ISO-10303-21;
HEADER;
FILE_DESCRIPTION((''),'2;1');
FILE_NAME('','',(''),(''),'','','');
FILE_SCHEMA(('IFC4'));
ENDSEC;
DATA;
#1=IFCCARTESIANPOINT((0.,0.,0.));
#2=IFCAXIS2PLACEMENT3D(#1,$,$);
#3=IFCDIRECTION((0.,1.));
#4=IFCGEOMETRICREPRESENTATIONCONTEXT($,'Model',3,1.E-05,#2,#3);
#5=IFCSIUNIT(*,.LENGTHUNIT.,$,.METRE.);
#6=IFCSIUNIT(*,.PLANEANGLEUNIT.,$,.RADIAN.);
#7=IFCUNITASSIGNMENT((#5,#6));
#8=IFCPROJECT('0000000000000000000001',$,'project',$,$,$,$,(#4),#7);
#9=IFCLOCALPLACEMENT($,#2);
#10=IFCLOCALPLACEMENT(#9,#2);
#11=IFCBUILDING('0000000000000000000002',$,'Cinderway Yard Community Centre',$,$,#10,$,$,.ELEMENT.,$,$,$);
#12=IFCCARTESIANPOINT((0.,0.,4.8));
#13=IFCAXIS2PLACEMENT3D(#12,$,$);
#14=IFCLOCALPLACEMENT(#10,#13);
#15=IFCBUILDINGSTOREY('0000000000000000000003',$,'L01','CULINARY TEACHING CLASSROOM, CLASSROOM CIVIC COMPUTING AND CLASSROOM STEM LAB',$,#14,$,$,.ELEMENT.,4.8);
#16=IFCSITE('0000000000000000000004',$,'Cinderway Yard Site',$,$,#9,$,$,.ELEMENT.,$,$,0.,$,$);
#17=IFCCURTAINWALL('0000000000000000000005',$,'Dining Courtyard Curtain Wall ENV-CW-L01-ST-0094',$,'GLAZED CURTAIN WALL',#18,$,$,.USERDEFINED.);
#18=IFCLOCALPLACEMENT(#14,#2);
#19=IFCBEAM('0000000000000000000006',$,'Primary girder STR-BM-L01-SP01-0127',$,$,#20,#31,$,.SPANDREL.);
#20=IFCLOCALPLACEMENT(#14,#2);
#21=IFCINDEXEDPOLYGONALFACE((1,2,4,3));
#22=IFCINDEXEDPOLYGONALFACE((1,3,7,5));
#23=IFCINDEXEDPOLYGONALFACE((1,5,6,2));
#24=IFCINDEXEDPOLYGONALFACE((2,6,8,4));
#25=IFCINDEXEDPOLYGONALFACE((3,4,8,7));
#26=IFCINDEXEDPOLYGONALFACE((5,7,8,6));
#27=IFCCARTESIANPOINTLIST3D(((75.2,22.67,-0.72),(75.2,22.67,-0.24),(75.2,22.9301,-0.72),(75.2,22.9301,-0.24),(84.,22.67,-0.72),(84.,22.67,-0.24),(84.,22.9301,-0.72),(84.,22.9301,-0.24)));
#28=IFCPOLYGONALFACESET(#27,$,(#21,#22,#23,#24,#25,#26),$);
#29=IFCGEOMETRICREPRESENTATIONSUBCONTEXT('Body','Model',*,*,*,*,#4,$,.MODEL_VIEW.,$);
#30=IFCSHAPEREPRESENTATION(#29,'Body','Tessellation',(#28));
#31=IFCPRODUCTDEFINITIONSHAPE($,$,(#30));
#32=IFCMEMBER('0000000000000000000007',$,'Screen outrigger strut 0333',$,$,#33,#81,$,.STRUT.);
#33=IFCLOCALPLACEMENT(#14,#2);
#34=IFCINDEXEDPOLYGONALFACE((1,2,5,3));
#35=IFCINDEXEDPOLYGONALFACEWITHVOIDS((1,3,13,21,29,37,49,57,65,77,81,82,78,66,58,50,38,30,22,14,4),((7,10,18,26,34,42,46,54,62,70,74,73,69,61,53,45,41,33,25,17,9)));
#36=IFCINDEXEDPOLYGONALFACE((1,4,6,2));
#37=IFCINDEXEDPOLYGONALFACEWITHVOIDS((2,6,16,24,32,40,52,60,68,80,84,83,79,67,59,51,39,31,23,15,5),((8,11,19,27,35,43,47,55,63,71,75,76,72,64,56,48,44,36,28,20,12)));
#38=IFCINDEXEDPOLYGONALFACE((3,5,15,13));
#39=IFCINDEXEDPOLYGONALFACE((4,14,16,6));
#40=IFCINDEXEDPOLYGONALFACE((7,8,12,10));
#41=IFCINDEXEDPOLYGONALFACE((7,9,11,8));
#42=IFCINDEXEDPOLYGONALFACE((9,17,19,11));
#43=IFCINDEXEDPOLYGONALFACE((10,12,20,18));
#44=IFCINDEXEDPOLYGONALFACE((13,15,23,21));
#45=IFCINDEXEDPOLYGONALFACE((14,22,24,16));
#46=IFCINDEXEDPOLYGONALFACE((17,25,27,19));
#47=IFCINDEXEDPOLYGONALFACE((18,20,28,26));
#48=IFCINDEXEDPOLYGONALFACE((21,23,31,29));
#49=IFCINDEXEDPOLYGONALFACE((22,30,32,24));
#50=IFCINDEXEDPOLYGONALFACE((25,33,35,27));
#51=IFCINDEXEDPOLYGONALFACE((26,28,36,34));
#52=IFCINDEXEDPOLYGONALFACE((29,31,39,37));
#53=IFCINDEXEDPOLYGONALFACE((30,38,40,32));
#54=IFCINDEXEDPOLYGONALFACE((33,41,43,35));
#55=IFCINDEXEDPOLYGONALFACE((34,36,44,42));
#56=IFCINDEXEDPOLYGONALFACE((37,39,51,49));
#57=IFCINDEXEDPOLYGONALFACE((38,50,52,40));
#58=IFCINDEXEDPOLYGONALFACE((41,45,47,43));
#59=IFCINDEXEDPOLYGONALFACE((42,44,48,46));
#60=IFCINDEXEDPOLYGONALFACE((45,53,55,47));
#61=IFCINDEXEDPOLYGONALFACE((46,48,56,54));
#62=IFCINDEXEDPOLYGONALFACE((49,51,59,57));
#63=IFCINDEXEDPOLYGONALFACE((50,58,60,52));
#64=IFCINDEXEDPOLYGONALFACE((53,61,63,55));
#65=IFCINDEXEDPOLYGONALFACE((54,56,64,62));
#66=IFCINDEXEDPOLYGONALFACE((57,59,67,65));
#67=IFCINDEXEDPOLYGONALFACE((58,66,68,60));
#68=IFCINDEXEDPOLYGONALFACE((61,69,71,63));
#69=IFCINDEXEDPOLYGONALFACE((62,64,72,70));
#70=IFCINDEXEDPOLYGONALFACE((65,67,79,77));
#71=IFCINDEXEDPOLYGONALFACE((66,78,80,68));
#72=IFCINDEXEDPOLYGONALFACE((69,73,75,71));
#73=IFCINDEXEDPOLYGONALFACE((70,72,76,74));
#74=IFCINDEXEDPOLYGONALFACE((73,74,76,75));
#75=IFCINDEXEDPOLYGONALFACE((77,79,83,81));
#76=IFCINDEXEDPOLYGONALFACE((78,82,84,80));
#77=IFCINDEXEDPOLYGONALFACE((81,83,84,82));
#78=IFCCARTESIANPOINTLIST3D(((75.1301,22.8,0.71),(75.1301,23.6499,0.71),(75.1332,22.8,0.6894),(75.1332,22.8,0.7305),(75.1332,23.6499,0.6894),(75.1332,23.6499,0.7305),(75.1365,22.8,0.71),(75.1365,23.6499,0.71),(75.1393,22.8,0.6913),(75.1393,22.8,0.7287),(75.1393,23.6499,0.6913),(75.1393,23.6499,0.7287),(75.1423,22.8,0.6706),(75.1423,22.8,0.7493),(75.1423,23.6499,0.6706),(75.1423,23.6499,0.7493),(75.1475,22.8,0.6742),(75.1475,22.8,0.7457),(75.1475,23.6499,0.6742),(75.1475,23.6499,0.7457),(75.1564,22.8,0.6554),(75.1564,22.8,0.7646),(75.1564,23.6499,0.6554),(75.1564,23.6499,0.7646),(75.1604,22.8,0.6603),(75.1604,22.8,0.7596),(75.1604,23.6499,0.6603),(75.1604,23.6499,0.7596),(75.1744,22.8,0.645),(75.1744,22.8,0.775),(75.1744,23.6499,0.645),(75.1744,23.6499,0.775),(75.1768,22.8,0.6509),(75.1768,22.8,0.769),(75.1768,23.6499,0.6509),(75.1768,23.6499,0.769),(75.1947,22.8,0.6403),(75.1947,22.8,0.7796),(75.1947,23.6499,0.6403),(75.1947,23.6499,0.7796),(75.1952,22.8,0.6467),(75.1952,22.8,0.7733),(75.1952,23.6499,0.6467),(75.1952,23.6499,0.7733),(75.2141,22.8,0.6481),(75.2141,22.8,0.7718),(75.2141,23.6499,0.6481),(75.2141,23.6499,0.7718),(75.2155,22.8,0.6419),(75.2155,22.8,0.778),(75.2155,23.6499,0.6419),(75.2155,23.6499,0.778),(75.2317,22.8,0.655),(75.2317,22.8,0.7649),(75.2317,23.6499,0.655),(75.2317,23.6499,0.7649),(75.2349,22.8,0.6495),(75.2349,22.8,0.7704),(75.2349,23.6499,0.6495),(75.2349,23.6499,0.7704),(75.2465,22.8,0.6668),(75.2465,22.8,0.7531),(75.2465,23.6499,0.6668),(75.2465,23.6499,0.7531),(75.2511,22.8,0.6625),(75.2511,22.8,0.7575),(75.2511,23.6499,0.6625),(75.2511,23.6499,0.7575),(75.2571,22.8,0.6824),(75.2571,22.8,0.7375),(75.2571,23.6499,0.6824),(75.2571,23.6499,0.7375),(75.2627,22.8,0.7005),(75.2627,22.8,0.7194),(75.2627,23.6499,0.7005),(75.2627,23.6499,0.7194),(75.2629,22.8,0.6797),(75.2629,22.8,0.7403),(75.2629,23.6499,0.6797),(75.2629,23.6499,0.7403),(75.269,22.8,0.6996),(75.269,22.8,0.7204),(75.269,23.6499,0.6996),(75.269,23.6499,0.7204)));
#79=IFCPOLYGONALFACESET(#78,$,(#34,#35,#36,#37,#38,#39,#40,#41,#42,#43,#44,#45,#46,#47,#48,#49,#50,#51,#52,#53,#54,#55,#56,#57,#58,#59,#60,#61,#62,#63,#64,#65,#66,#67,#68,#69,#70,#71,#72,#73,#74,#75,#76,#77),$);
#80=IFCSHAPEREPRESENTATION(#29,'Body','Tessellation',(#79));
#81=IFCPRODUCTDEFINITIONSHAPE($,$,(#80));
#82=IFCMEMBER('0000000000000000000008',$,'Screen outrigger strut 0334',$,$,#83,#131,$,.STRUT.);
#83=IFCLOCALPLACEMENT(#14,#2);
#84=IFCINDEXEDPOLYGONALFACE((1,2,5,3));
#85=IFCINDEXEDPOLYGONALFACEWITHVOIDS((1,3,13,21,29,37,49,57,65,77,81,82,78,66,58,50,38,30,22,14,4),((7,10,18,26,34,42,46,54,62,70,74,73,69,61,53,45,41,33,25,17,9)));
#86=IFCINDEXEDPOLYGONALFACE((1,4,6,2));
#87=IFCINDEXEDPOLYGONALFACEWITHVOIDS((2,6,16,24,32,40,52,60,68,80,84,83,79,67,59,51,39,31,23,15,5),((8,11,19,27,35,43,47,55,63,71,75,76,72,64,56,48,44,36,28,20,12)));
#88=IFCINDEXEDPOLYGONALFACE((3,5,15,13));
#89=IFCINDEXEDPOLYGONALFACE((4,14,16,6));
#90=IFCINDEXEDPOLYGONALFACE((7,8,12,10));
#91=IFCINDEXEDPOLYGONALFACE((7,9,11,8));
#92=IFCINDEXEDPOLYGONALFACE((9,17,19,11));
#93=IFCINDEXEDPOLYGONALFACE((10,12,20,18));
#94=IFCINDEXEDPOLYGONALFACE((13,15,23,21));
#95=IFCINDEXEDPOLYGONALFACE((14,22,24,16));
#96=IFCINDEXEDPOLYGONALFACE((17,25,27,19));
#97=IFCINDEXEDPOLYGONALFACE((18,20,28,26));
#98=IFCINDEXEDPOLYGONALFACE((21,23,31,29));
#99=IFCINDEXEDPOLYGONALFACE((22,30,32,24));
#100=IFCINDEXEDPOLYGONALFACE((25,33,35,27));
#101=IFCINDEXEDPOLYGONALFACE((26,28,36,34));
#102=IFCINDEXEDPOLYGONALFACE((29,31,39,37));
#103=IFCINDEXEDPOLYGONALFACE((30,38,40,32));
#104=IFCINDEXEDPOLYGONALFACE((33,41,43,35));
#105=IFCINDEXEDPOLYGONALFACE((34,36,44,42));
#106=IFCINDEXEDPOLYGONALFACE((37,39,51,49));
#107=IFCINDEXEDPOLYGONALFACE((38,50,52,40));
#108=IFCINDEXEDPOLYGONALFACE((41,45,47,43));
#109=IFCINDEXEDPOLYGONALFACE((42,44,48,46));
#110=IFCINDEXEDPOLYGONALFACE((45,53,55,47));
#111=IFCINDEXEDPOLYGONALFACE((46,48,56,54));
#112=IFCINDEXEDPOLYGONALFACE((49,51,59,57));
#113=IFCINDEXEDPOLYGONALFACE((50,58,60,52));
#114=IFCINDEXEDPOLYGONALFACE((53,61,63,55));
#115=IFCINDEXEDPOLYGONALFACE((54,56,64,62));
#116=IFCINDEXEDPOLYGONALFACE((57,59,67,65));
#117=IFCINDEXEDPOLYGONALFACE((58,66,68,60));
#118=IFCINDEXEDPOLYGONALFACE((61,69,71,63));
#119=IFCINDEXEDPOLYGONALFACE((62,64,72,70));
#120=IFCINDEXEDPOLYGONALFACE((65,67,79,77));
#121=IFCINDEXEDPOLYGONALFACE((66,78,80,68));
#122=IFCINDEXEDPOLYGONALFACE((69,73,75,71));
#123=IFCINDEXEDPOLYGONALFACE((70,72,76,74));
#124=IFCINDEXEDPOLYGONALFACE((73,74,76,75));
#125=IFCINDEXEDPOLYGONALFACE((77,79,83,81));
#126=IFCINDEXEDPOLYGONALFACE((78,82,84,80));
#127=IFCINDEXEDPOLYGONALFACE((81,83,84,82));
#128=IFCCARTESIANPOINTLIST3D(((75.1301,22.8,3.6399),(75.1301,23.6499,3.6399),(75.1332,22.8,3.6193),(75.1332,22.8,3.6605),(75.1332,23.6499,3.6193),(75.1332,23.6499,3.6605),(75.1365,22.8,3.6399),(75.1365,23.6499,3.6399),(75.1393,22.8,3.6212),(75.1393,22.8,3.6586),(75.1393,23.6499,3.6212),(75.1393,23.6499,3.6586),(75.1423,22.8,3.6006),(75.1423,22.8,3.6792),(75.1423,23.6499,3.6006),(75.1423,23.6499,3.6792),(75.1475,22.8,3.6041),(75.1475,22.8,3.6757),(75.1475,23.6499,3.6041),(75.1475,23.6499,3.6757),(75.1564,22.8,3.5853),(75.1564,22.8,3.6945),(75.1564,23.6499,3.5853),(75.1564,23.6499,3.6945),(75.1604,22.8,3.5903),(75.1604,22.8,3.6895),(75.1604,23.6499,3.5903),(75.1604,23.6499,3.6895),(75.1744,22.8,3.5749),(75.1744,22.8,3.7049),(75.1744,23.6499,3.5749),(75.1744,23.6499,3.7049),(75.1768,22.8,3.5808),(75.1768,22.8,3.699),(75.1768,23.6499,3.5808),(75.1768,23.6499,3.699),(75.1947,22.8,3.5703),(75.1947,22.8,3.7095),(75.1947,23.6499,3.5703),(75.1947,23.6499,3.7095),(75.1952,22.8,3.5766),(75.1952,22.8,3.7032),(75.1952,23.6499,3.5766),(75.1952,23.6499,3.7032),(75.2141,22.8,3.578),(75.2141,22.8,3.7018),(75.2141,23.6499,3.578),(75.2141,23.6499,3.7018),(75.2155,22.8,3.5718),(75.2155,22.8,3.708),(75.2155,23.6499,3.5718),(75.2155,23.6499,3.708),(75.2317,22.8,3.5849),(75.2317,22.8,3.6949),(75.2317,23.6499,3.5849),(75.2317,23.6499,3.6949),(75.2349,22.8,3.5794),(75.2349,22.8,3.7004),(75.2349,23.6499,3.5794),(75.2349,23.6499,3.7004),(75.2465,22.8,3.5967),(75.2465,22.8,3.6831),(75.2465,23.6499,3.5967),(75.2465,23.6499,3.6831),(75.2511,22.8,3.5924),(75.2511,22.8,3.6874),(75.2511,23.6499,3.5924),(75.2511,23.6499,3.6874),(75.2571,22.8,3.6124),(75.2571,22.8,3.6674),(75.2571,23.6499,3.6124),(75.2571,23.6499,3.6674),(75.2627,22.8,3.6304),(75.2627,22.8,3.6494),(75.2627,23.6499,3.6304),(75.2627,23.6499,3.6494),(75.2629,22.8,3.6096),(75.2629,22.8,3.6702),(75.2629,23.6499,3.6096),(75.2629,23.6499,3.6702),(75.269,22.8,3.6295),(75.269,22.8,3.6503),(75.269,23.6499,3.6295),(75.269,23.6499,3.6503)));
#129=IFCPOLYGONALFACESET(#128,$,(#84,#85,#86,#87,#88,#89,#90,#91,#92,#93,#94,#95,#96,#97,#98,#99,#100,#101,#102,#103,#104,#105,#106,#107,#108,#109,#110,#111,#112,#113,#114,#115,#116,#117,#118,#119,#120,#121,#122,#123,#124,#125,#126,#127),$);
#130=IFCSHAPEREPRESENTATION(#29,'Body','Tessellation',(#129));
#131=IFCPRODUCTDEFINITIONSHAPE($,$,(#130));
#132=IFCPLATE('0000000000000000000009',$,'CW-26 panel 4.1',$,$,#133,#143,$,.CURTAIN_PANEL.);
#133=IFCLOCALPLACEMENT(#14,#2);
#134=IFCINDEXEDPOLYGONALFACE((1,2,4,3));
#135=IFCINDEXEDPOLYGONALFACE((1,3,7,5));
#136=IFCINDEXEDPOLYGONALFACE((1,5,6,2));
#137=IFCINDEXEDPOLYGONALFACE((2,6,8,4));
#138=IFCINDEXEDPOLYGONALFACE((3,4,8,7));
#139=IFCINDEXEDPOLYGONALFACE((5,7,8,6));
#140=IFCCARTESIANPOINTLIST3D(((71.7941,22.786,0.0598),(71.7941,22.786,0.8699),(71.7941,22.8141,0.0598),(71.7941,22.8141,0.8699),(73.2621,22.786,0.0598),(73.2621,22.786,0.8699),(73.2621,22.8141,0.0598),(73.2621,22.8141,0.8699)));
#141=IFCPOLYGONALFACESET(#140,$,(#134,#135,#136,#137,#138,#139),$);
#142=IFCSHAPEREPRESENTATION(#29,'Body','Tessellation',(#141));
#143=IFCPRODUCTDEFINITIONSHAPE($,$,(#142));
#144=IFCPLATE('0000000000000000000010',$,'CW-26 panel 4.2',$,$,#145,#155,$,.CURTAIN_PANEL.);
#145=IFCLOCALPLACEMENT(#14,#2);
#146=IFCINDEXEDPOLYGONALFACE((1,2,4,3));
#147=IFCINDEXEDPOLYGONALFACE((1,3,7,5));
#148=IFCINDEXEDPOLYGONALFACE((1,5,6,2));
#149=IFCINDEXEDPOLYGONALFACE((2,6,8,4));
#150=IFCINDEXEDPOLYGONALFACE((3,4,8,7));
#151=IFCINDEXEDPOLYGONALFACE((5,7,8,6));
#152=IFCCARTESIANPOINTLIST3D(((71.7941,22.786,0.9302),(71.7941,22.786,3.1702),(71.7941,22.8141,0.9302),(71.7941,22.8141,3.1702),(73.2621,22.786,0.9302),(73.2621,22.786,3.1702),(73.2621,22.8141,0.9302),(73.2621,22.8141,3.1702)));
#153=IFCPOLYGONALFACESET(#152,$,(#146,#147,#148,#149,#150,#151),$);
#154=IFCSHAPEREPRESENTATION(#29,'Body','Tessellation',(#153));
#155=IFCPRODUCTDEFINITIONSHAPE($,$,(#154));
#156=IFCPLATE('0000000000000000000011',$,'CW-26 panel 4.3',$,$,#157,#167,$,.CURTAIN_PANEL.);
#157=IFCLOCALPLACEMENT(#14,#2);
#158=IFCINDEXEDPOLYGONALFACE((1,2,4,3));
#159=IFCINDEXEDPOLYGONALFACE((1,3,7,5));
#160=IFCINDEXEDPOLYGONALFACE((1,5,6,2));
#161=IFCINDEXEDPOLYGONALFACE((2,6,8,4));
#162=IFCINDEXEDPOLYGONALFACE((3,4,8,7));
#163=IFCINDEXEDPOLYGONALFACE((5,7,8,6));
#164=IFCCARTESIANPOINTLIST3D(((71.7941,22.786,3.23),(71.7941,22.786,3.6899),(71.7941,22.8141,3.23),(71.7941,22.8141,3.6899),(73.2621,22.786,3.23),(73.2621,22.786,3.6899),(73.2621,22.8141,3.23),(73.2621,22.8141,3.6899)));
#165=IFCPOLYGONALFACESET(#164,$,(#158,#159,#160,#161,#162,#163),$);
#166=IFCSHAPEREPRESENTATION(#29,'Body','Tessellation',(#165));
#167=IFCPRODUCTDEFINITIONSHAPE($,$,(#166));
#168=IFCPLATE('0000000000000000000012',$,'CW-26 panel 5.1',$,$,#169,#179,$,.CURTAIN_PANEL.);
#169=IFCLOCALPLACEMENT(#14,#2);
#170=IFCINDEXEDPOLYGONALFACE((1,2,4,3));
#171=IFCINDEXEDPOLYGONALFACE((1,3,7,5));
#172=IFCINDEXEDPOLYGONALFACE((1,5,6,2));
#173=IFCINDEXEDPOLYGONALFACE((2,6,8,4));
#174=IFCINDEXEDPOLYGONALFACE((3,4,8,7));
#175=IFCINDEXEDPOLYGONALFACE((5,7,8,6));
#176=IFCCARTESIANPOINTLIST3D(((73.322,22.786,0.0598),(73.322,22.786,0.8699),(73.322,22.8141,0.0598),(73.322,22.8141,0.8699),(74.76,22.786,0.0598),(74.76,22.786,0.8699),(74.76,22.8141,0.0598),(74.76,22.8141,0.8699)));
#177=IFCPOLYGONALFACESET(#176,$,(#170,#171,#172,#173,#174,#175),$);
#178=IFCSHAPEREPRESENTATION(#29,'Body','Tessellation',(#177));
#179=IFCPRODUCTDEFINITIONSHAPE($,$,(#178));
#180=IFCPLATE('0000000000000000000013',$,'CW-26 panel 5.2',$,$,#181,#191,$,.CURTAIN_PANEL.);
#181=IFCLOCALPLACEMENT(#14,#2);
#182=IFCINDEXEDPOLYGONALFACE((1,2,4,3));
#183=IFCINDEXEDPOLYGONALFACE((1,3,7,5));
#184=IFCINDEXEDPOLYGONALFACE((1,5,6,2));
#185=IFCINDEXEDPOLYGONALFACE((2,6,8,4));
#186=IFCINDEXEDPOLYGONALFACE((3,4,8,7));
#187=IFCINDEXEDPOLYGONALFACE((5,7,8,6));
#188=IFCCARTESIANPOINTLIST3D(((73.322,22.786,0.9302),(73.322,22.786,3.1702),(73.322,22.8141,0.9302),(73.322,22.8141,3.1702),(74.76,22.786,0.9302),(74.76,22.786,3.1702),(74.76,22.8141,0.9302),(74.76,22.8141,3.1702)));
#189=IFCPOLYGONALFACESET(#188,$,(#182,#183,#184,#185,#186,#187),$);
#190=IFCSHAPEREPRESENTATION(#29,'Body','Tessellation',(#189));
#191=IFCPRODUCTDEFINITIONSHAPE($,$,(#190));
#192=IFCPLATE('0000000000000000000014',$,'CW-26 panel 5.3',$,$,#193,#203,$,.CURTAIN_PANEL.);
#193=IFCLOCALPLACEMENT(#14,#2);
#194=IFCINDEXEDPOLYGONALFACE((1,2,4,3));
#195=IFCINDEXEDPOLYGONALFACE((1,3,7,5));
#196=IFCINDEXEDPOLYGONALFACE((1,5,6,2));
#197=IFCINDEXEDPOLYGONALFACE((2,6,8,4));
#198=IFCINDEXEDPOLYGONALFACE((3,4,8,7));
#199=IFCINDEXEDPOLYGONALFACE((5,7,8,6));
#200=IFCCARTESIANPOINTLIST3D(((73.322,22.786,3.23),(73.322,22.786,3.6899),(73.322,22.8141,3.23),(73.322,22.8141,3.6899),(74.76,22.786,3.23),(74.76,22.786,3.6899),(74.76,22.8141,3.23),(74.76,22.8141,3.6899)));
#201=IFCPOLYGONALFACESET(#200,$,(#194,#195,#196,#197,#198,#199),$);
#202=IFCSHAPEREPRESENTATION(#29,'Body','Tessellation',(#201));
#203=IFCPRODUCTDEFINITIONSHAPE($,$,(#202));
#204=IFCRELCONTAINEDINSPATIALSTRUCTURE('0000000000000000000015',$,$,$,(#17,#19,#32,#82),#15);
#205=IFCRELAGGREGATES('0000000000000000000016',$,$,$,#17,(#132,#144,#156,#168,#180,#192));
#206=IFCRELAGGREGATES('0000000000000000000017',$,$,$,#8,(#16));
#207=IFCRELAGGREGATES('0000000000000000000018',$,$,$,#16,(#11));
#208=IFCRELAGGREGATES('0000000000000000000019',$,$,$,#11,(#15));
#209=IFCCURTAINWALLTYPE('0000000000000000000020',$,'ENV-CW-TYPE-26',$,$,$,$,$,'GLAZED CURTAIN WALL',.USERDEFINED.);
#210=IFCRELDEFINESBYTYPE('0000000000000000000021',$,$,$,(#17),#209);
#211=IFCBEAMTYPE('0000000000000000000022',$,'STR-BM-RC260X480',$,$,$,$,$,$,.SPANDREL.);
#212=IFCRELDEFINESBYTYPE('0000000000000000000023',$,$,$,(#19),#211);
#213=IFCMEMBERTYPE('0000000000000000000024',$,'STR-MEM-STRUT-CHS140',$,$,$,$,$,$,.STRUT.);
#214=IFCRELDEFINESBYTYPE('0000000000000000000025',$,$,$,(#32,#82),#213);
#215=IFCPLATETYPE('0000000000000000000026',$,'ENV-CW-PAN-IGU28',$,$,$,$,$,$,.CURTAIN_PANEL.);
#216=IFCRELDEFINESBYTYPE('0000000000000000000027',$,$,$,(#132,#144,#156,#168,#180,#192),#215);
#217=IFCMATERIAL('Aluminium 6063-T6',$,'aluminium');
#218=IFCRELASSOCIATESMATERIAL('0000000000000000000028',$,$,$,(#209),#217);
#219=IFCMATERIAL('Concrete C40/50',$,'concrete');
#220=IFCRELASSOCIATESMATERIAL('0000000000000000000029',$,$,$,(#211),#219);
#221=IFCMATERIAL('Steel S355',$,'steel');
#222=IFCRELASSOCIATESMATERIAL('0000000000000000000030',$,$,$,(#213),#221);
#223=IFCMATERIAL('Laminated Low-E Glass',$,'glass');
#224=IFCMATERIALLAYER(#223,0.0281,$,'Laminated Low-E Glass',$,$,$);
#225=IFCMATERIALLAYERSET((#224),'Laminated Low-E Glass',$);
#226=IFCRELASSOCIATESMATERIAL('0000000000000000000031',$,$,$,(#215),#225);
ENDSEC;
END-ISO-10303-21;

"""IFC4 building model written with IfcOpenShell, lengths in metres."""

from ifc_helpers import new_model, si_unit, direction, frame, origin, origin_2d, place, context, subcontext, project, spatial, rectangle, hollow_circle, extrude, material, layer, layer_set, material_profile, profile_set, type_object, element, aggregate, save


model = new_model("IFC4")

# Units and contexts
model_context = context("Model", 3, precision=1e-05, world=origin(), true_north=direction((0.0, 1.0)))
body_context = subcontext(model_context, "Body", "Model", "MODEL_VIEW")
ifc_project = project(units=[si_unit("LENGTHUNIT", "METRE"), si_unit("PLANEANGLEUNIT", "RADIAN")], contexts=[model_context])

# Site, building, storey
site_placement = place(None, origin())
site = spatial("IfcSite", under=ifc_project, at=site_placement, Name="Cinderway Yard Site", CompositionType="ELEMENT", RefElevation=0.0)
building_placement = place(site_placement, origin())
building = spatial("IfcBuilding", under=site, at=building_placement, Name="Cinderway Yard Community Centre", CompositionType="ELEMENT")
storey_placement = place(building_placement, frame((0.0, 0.0, 4.8)))
storey = spatial("IfcBuildingStorey", under=building, at=storey_placement, Name="L01", Description="CULINARY TEACHING CLASSROOM, CLASSROOM CIVIC COMPUTING AND CLASSROOM STEM LAB", CompositionType="ELEMENT", Elevation=4.8)

# Shared definitions
ifc_material_1 = material(Name="Concrete C40/50", Category="concrete")

# Curtain wall
ifc_material_2 = material(Name="Aluminium 6063-T6", Category="aluminium")
curtain_wall_type = type_object("IfcCurtainWallType", Name="ENV-CW-TYPE-26", ElementType="GLAZED CURTAIN WALL", PredefinedType="USERDEFINED", material=ifc_material_2)
curtain_wall_placement = place(storey_placement, origin())
curtain_wall = element("IfcCurtainWall", 1, at=curtain_wall_placement, inside=storey, type_object=curtain_wall_type, Name="Dining Courtyard Curtain Wall ENV-CW-L01-ST-0094", ObjectType="GLAZED CURTAIN WALL", PredefinedType="USERDEFINED")

# Shared definitions
ifc_material_3 = material(Name="Steel S355", Category="steel")

# Beam
ifc_material_profile_1 = material_profile(ifc_material_1, rectangle(XDim=0.26, YDim=0.48, at=origin_2d()), Name="Concrete C40/50")
ifc_profile_set_1 = profile_set([ifc_material_profile_1], Name="Concrete C40/50")
beam_type = type_object("IfcBeamType", Name="STR-BM-RC260X480", PredefinedType="SPANDREL", material=ifc_profile_set_1)
beam_placement = place(storey_placement, frame((75.2, 22.8, -0.48), z_axis=(1.0, 0.0, 0.0), x_axis=(0.0, 1.0, 0.0)))
element("IfcBeam", 2, at=beam_placement, inside=storey, type_object=beam_type, Name="Primary girder STR-BM-L01-SP01-0127", PredefinedType="SPANDREL", context=body_context, shape_type="SweptSolid", body=[
    extrude(rectangle(XDim=0.26, YDim=0.48, at=origin_2d()), origin(), (0.0, 0.0, 1.0), 8.8),
])

# Members
ifc_material_profile_2 = material_profile(ifc_material_3, hollow_circle(Radius=0.0698, WallThickness=0.0063, at=origin_2d()), Name="Steel S355")
ifc_profile_set_2 = profile_set([ifc_material_profile_2], Name="Steel S355")
member_type_1 = type_object("IfcMemberType", Name="STR-MEM-STRUT-CHS140", PredefinedType="STRUT", material=ifc_profile_set_2)
for number, where, z_axis, x_axis, name in (
    (3, (75.2, 22.8, 0.71), (0.0, 1.0, 0.0), (-1.0, 0.0, 0.0), "Screen outrigger strut 0333"),
    (4, (75.2, 22.8, 3.6399), (0.0, 1.0, 0.0), (-1.0, 0.0, 0.0), "Screen outrigger strut 0334"),
):
    element("IfcMember", number, at=place(storey_placement, frame(where, z_axis=z_axis, x_axis=x_axis)), inside=storey, type_object=member_type_1, Name=name, PredefinedType="STRUT", context=body_context, shape_type="SweptSolid", body=[
        extrude(hollow_circle(Radius=0.0698, WallThickness=0.0063, at=origin_2d()), origin(), (0.0, 0.0, 1.0), 0.8499),
    ])

# Plates
ifc_material_4 = material(Name="Laminated Low-E Glass", Category="glass")
ifc_layer_1 = layer(ifc_material_4, 0.0281, Name="Laminated Low-E Glass")
ifc_layer_set_1 = layer_set([ifc_layer_1], Name="Laminated Low-E Glass")
plate_type_1 = type_object("IfcPlateType", Name="ENV-CW-PAN-IGU28", PredefinedType="CURTAIN_PANEL", material=ifc_layer_set_1)
plate_1_placement = place(storey_placement, frame((72.5281, 22.8, 0.0598), z_axis=(0.0, 0.0, 1.0), x_axis=(1.0, 0.0, 0.0)))
plate_1 = element("IfcPlate", 5, at=plate_1_placement, type_object=plate_type_1, Name="CW-26 panel 4.1", PredefinedType="CURTAIN_PANEL", context=body_context, shape_type="SweptSolid", body=[
    extrude(rectangle(XDim=1.468, YDim=0.0281, at=origin_2d()), origin(), (0.0, 0.0, 1.0), 0.8101),
])
plate_2_placement = place(storey_placement, frame((72.5281, 22.8, 0.9302), z_axis=(0.0, 0.0, 1.0), x_axis=(1.0, 0.0, 0.0)))
plate_2 = element("IfcPlate", 6, at=plate_2_placement, type_object=plate_type_1, Name="CW-26 panel 4.2", PredefinedType="CURTAIN_PANEL", context=body_context, shape_type="SweptSolid", body=[
    extrude(rectangle(XDim=1.468, YDim=0.0281, at=origin_2d()), origin(), (0.0, 0.0, 1.0), 2.24),
])
plate_3_placement = place(storey_placement, frame((72.5281, 22.8, 3.23), z_axis=(0.0, 0.0, 1.0), x_axis=(1.0, 0.0, 0.0)))
plate_3 = element("IfcPlate", 7, at=plate_3_placement, type_object=plate_type_1, Name="CW-26 panel 4.3", PredefinedType="CURTAIN_PANEL", context=body_context, shape_type="SweptSolid", body=[
    extrude(rectangle(XDim=1.468, YDim=0.0281, at=origin_2d()), origin(), (0.0, 0.0, 1.0), 0.46),
])
plate_4_placement = place(storey_placement, frame((74.041, 22.8, 0.0598), z_axis=(0.0, 0.0, 1.0), x_axis=(1.0, 0.0, 0.0)))
plate_4 = element("IfcPlate", 8, at=plate_4_placement, type_object=plate_type_1, Name="CW-26 panel 5.1", PredefinedType="CURTAIN_PANEL", context=body_context, shape_type="SweptSolid", body=[
    extrude(rectangle(XDim=1.438, YDim=0.0281, at=origin_2d()), origin(), (0.0, 0.0, 1.0), 0.8101),
])
plate_5_placement = place(storey_placement, frame((74.041, 22.8, 0.9302), z_axis=(0.0, 0.0, 1.0), x_axis=(1.0, 0.0, 0.0)))
plate_5 = element("IfcPlate", 9, at=plate_5_placement, type_object=plate_type_1, Name="CW-26 panel 5.2", PredefinedType="CURTAIN_PANEL", context=body_context, shape_type="SweptSolid", body=[
    extrude(rectangle(XDim=1.438, YDim=0.0281, at=origin_2d()), origin(), (0.0, 0.0, 1.0), 2.24),
])
plate_6_placement = place(storey_placement, frame((74.041, 22.8, 3.23), z_axis=(0.0, 0.0, 1.0), x_axis=(1.0, 0.0, 0.0)))
plate_6 = element("IfcPlate", 10, at=plate_6_placement, type_object=plate_type_1, Name="CW-26 panel 5.3", PredefinedType="CURTAIN_PANEL", context=body_context, shape_type="SweptSolid", body=[
    extrude(rectangle(XDim=1.438, YDim=0.0281, at=origin_2d()), origin(), (0.0, 0.0, 1.0), 0.46),
])
aggregate(curtain_wall, [plate_1, plate_2, plate_3, plate_4, plate_5, plate_6])

save(model, "model.ifc")
